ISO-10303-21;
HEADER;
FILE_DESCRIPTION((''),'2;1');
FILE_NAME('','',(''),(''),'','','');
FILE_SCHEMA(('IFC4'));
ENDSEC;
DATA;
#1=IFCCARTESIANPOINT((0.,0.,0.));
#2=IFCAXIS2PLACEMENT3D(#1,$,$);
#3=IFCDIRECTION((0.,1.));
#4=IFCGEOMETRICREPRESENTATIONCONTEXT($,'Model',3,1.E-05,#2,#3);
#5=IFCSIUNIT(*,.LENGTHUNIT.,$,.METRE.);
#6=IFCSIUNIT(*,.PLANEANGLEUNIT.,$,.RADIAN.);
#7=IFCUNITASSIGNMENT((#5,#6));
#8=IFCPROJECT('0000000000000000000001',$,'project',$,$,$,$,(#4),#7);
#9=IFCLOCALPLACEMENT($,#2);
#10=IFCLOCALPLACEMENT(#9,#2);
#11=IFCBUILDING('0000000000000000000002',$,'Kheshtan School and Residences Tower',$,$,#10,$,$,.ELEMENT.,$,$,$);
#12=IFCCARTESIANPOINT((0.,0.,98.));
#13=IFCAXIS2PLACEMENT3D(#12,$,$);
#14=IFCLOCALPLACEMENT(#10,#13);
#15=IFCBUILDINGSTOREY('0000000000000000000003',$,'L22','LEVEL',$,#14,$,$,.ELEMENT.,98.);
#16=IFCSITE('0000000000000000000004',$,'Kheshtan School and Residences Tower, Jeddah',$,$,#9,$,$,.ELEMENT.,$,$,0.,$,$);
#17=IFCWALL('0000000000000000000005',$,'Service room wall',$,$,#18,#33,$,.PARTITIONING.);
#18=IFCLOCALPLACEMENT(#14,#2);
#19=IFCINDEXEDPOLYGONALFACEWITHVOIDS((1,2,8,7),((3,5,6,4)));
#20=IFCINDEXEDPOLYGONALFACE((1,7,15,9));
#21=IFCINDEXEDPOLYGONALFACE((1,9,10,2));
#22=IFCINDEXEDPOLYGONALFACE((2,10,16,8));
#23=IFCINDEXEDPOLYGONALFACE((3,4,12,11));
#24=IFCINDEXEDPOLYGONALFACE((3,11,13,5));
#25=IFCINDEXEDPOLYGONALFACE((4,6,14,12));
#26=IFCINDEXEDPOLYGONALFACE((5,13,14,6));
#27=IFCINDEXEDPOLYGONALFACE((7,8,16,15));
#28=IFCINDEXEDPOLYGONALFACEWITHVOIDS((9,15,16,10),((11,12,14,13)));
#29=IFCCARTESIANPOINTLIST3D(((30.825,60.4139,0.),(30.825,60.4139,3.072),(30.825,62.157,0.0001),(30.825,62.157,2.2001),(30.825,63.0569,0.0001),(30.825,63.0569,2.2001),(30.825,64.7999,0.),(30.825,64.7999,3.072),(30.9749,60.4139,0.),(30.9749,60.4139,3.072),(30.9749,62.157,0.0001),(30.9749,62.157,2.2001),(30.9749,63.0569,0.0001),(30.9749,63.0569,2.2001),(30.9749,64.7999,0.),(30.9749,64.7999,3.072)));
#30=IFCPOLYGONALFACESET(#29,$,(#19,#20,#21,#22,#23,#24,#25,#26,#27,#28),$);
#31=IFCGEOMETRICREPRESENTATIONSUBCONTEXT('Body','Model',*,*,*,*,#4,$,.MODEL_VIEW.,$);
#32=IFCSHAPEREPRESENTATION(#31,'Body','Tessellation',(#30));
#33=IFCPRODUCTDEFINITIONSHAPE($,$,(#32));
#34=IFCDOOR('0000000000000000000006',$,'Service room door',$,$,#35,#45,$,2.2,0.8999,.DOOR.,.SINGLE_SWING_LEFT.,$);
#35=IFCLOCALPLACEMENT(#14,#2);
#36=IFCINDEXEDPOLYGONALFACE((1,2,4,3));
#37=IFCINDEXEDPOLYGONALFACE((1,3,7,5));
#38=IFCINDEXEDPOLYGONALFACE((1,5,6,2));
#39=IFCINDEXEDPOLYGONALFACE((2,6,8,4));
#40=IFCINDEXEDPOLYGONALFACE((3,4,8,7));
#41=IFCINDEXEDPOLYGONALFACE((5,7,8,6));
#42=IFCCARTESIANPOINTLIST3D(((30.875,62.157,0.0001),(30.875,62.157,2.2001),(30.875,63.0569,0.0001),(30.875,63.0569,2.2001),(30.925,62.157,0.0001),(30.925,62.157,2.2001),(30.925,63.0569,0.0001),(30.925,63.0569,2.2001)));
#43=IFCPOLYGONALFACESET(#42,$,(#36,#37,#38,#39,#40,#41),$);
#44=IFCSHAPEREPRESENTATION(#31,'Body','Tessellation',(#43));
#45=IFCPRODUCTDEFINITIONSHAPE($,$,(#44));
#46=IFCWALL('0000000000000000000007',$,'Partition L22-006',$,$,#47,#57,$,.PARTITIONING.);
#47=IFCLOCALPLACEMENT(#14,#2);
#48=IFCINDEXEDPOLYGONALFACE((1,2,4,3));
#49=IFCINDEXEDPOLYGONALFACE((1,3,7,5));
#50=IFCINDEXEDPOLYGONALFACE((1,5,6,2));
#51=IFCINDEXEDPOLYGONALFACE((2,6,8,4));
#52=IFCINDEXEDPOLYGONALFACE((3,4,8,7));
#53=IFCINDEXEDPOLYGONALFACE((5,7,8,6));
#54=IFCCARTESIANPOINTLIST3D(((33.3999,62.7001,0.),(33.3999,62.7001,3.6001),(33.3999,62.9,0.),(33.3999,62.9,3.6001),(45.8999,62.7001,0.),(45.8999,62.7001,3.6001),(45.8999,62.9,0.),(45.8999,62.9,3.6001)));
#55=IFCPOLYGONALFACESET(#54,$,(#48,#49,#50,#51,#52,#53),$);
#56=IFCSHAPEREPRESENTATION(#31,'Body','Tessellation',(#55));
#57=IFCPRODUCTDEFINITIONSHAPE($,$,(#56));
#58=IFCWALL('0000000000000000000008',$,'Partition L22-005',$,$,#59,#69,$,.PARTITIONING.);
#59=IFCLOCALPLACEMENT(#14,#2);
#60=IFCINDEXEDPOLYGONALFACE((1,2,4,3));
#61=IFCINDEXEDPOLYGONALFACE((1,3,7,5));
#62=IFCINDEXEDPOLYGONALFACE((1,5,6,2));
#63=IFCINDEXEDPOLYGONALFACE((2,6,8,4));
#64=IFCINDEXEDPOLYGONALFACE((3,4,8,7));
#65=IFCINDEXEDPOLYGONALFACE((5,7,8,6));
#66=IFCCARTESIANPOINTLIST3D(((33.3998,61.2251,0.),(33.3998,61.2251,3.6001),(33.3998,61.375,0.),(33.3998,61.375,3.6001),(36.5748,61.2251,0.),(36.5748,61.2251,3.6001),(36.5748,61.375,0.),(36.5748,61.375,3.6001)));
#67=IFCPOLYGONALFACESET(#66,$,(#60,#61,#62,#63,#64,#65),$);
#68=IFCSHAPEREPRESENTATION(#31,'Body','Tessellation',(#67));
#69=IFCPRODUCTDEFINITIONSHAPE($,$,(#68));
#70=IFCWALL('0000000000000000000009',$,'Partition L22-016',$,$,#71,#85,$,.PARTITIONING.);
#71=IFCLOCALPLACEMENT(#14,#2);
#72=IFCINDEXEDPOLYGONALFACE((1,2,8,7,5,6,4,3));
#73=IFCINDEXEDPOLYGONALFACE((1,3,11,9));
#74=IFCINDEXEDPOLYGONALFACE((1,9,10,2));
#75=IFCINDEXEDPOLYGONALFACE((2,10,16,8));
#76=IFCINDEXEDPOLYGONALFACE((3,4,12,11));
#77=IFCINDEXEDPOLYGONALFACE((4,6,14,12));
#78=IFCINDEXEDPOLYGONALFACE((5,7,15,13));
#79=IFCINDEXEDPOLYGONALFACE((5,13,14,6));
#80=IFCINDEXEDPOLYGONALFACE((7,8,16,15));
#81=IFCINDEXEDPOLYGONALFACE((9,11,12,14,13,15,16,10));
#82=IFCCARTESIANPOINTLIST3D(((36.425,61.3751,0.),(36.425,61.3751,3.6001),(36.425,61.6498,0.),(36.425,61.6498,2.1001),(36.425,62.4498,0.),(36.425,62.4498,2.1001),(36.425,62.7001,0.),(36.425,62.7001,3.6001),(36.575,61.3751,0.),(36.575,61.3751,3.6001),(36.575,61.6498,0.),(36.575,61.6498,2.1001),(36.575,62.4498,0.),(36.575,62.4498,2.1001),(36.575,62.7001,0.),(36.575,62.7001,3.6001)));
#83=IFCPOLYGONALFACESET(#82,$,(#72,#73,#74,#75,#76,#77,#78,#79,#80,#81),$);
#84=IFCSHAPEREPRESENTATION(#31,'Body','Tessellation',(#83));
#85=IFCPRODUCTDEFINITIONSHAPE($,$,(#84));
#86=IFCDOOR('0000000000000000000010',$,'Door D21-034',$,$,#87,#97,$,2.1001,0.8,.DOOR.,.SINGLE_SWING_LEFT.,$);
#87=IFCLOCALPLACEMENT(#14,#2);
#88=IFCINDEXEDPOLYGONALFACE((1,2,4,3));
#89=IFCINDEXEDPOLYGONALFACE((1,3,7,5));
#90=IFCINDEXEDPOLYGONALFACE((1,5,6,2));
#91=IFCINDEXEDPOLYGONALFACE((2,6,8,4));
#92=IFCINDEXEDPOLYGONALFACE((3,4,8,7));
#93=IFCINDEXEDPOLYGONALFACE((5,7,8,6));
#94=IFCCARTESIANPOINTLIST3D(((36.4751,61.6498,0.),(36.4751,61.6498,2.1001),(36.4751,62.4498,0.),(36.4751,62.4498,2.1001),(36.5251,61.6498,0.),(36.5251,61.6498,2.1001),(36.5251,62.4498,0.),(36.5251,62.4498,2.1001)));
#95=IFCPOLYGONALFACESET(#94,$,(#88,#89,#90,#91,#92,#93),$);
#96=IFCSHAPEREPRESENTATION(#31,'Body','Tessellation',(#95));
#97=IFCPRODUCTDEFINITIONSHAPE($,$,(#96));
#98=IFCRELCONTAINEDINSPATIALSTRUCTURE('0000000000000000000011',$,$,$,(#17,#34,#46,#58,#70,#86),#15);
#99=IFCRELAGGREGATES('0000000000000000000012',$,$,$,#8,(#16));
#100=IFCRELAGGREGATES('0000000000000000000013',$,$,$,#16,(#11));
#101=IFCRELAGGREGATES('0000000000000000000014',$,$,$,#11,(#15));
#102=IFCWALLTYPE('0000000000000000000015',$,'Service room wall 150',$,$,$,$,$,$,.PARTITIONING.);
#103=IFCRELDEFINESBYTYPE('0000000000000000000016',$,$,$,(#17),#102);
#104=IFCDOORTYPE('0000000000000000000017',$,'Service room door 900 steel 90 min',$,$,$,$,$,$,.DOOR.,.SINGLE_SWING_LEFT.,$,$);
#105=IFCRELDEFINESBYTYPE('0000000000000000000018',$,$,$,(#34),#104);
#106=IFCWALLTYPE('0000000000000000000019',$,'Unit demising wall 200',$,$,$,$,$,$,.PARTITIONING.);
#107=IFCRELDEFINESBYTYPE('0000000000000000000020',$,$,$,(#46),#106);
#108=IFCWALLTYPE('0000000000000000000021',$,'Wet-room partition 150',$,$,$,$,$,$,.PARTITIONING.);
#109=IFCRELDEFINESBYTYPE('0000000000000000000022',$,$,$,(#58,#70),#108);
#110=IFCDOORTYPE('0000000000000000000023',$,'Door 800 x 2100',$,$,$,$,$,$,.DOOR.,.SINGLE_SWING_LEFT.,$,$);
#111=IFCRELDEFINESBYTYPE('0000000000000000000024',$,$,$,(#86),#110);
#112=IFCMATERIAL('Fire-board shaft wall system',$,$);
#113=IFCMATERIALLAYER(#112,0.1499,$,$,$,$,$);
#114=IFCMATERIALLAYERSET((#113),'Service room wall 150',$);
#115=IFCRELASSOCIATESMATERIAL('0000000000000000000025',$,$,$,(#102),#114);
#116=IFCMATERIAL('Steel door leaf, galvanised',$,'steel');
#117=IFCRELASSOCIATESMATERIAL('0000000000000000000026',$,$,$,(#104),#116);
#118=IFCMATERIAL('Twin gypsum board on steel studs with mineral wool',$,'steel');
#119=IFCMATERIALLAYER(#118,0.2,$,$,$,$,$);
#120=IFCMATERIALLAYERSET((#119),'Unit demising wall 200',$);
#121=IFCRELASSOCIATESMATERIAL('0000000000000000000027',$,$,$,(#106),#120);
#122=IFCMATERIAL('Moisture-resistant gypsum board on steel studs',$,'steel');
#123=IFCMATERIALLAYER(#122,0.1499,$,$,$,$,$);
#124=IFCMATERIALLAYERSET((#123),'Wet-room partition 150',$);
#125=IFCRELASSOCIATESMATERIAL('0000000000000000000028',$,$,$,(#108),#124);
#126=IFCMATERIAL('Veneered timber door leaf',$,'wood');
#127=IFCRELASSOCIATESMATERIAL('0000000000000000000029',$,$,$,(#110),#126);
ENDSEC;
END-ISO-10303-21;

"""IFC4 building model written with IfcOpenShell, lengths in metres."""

from ifc_helpers import new_model, si_unit, direction, frame, frame_2d, origin, place, context, subcontext, project, spatial, rectangle, extrude, source, transform, mapped, material, layer, layer_set, type_object, element, fill, save


model = new_model("IFC4")

# Units and contexts
model_context = context("Model", 3, precision=1e-05, world=origin(), true_north=direction((0.0, 1.0)))
body_context = subcontext(model_context, "Body", "Model", "MODEL_VIEW")
ifc_project = project(units=[si_unit("LENGTHUNIT", "METRE"), si_unit("PLANEANGLEUNIT", "RADIAN")], contexts=[model_context])

# Site, building, storey
site_placement = place(None, origin())
site = spatial("IfcSite", under=ifc_project, at=site_placement, Name="Kheshtan School and Residences Tower, Jeddah", CompositionType="ELEMENT", RefElevation=0.0)
building_placement = place(site_placement, origin())
building = spatial("IfcBuilding", under=site, at=building_placement, Name="Kheshtan School and Residences Tower", CompositionType="ELEMENT")
storey_placement = place(building_placement, frame((0.0, 0.0, 98.0)))
storey = spatial("IfcBuildingStorey", under=building, at=storey_placement, Name="L22", Description="LEVEL", CompositionType="ELEMENT", Elevation=98.0)

# Shared definitions
ifc_material_1 = material(Name="Fire-board shaft wall system")
ifc_layer_1 = layer(ifc_material_1, 0.1499)
ifc_layer_set_1 = layer_set([ifc_layer_1], Name="Service room wall 150")
wall_type_1 = type_object("IfcWallType", Name="Service room wall 150", PredefinedType="PARTITIONING", material=ifc_layer_set_1)
ifc_material_2 = material(Name="Steel door leaf, galvanised", Category="steel")
door_type_1 = type_object("IfcDoorType", Name="Service room door 900 steel 90 min", OperationType="SINGLE_SWING_LEFT", PredefinedType="DOOR", material=ifc_material_2)
shared_shape_1 = source(origin(), body_context, "Body", "SweptSolid", [
    extrude(rectangle(XDim=0.8999, YDim=2.2, at=frame_2d((0.45, 1.1001))), frame((0.0, 0.0249, 0.0), z_axis=(0.0, -1.0, 0.0), x_axis=(1.0, 0.0, 0.0)), (0.0, 0.0, 1.0), 0.05),
])

# Wall, opening, door
wall_1_placement = place(storey_placement, frame((30.8999, 60.4141, 0.0), z_axis=(0.0, 0.0, 1.0), x_axis=(0.0, 1.0, 0.0)))
wall_1 = element("IfcWall", 1, at=wall_1_placement, inside=storey, type_object=wall_type_1, Name="Service room wall", PredefinedType="PARTITIONING", context=body_context, shape_type="SweptSolid", body=[
    extrude(rectangle(XDim=4.386, YDim=0.1499, at=frame_2d((2.1929, 0.0))), origin(), (0.0, 0.0, 1.0), 3.072),
])
opening_1_placement = place(wall_1_placement, frame((1.7429, 0.0, 0.0)))
opening_1 = element("IfcOpeningElement", 2, at=opening_1_placement, cuts=wall_1, PredefinedType="OPENING", context=body_context, shape_type="SweptSolid", body=[
    extrude(rectangle(XDim=0.8999, YDim=2.2, at=frame_2d((0.45, 1.1001))), frame((0.0, 0.085, 0.0), z_axis=(0.0, -1.0, 0.0), x_axis=(1.0, 0.0, 0.0)), (0.0, 0.0, 1.0), 0.1699),
])
door_1_placement = place(opening_1_placement, origin())
door_1 = element("IfcDoor", 3, at=door_1_placement, inside=storey, type_object=door_type_1, Name="Service room door", OperationType="SINGLE_SWING_LEFT", OverallHeight=2.2, OverallWidth=0.8999, PredefinedType="DOOR", context=body_context, shape_type="MappedRepresentation", body=[
    mapped(shared_shape_1, transform((0.0, 0.0, 0.0), x_axis=(1.0, 0.0, 0.0), y_axis=(0.0, 1.0, 0.0), z_axis=(0.0, 0.0, 1.0), scale=1.0)),
])
fill(opening_1, door_1)

# Walls
ifc_material_3 = material(Name="Twin gypsum board on steel studs with mineral wool", Category="steel")
ifc_layer_2 = layer(ifc_material_3, 0.2)
ifc_layer_set_2 = layer_set([ifc_layer_2], Name="Unit demising wall 200")
wall_type_2 = type_object("IfcWallType", Name="Unit demising wall 200", PredefinedType="PARTITIONING", material=ifc_layer_set_2)
wall_2_placement = place(storey_placement, frame((33.3999, 62.8, 0.0), z_axis=(0.0, 0.0, 1.0), x_axis=(1.0, 0.0, 0.0)))
element("IfcWall", 4, at=wall_2_placement, inside=storey, type_object=wall_type_2, Name="Partition L22-006", PredefinedType="PARTITIONING", context=body_context, shape_type="SweptSolid", body=[
    extrude(rectangle(XDim=12.5, YDim=0.2, at=frame_2d((6.25, 0.0))), origin(), (0.0, 0.0, 1.0), 3.6001),
])
ifc_material_4 = material(Name="Moisture-resistant gypsum board on steel studs", Category="steel")
ifc_layer_3 = layer(ifc_material_4, 0.1499)
ifc_layer_set_3 = layer_set([ifc_layer_3], Name="Wet-room partition 150")
wall_type_3 = type_object("IfcWallType", Name="Wet-room partition 150", PredefinedType="PARTITIONING", material=ifc_layer_set_3)
wall_3_placement = place(storey_placement, frame((33.3999, 61.3, 0.0), z_axis=(0.0, 0.0, 1.0), x_axis=(1.0, 0.0, 0.0)))
element("IfcWall", 5, at=wall_3_placement, inside=storey, type_object=wall_type_3, Name="Partition L22-005", PredefinedType="PARTITIONING", context=body_context, shape_type="SweptSolid", body=[
    extrude(rectangle(XDim=3.175, YDim=0.1499, at=frame_2d((1.5874, 0.0))), origin(), (0.0, 0.0, 1.0), 3.6001),
])

# Wall, opening, door
wall_4_placement = place(storey_placement, frame((36.5, 61.375, 0.0), z_axis=(0.0, 0.0, 1.0), x_axis=(0.0, 1.0, 0.0)))
wall_4 = element("IfcWall", 6, at=wall_4_placement, inside=storey, type_object=wall_type_3, Name="Partition L22-016", PredefinedType="PARTITIONING", context=body_context, shape_type="SweptSolid", body=[
    extrude(rectangle(XDim=1.325, YDim=0.1499, at=frame_2d((0.6626, 0.0))), origin(), (0.0, 0.0, 1.0), 3.6001),
])
opening_2_placement = place(wall_4_placement, frame((0.2749, 0.0, 0.0)))
opening_2 = element("IfcOpeningElement", 7, at=opening_2_placement, cuts=wall_4, PredefinedType="OPENING", context=body_context, shape_type="SweptSolid", body=[
    extrude(rectangle(XDim=0.8, YDim=2.1001, at=frame_2d((0.3999, 1.05))), frame((0.0, 0.085, 0.0), z_axis=(0.0, -1.0, 0.0), x_axis=(1.0, 0.0, 0.0)), (0.0, 0.0, 1.0), 0.1699),
])
ifc_material_5 = material(Name="Veneered timber door leaf", Category="wood")
door_type_2 = type_object("IfcDoorType", Name="Door 800 x 2100", OperationType="SINGLE_SWING_LEFT", PredefinedType="DOOR", material=ifc_material_5)
shared_shape_2 = source(origin(), body_context, "Body", "SweptSolid", [
    extrude(rectangle(XDim=0.8, YDim=2.1001, at=frame_2d((0.3999, 1.05))), frame((0.0, 0.0249, 0.0), z_axis=(0.0, -1.0, 0.0), x_axis=(1.0, 0.0, 0.0)), (0.0, 0.0, 1.0), 0.05),
])
door_2_placement = place(opening_2_placement, origin())
door_2 = element("IfcDoor", 8, at=door_2_placement, inside=storey, type_object=door_type_2, Name="Door D21-034", OperationType="SINGLE_SWING_LEFT", OverallHeight=2.1001, OverallWidth=0.8, PredefinedType="DOOR", context=body_context, shape_type="MappedRepresentation", body=[
    mapped(shared_shape_2, transform((0.0, 0.0, 0.0), x_axis=(1.0, 0.0, 0.0), y_axis=(0.0, 1.0, 0.0), z_axis=(0.0, 0.0, 1.0), scale=1.0)),
])
fill(opening_2, door_2)

save(model, "model.ifc")
